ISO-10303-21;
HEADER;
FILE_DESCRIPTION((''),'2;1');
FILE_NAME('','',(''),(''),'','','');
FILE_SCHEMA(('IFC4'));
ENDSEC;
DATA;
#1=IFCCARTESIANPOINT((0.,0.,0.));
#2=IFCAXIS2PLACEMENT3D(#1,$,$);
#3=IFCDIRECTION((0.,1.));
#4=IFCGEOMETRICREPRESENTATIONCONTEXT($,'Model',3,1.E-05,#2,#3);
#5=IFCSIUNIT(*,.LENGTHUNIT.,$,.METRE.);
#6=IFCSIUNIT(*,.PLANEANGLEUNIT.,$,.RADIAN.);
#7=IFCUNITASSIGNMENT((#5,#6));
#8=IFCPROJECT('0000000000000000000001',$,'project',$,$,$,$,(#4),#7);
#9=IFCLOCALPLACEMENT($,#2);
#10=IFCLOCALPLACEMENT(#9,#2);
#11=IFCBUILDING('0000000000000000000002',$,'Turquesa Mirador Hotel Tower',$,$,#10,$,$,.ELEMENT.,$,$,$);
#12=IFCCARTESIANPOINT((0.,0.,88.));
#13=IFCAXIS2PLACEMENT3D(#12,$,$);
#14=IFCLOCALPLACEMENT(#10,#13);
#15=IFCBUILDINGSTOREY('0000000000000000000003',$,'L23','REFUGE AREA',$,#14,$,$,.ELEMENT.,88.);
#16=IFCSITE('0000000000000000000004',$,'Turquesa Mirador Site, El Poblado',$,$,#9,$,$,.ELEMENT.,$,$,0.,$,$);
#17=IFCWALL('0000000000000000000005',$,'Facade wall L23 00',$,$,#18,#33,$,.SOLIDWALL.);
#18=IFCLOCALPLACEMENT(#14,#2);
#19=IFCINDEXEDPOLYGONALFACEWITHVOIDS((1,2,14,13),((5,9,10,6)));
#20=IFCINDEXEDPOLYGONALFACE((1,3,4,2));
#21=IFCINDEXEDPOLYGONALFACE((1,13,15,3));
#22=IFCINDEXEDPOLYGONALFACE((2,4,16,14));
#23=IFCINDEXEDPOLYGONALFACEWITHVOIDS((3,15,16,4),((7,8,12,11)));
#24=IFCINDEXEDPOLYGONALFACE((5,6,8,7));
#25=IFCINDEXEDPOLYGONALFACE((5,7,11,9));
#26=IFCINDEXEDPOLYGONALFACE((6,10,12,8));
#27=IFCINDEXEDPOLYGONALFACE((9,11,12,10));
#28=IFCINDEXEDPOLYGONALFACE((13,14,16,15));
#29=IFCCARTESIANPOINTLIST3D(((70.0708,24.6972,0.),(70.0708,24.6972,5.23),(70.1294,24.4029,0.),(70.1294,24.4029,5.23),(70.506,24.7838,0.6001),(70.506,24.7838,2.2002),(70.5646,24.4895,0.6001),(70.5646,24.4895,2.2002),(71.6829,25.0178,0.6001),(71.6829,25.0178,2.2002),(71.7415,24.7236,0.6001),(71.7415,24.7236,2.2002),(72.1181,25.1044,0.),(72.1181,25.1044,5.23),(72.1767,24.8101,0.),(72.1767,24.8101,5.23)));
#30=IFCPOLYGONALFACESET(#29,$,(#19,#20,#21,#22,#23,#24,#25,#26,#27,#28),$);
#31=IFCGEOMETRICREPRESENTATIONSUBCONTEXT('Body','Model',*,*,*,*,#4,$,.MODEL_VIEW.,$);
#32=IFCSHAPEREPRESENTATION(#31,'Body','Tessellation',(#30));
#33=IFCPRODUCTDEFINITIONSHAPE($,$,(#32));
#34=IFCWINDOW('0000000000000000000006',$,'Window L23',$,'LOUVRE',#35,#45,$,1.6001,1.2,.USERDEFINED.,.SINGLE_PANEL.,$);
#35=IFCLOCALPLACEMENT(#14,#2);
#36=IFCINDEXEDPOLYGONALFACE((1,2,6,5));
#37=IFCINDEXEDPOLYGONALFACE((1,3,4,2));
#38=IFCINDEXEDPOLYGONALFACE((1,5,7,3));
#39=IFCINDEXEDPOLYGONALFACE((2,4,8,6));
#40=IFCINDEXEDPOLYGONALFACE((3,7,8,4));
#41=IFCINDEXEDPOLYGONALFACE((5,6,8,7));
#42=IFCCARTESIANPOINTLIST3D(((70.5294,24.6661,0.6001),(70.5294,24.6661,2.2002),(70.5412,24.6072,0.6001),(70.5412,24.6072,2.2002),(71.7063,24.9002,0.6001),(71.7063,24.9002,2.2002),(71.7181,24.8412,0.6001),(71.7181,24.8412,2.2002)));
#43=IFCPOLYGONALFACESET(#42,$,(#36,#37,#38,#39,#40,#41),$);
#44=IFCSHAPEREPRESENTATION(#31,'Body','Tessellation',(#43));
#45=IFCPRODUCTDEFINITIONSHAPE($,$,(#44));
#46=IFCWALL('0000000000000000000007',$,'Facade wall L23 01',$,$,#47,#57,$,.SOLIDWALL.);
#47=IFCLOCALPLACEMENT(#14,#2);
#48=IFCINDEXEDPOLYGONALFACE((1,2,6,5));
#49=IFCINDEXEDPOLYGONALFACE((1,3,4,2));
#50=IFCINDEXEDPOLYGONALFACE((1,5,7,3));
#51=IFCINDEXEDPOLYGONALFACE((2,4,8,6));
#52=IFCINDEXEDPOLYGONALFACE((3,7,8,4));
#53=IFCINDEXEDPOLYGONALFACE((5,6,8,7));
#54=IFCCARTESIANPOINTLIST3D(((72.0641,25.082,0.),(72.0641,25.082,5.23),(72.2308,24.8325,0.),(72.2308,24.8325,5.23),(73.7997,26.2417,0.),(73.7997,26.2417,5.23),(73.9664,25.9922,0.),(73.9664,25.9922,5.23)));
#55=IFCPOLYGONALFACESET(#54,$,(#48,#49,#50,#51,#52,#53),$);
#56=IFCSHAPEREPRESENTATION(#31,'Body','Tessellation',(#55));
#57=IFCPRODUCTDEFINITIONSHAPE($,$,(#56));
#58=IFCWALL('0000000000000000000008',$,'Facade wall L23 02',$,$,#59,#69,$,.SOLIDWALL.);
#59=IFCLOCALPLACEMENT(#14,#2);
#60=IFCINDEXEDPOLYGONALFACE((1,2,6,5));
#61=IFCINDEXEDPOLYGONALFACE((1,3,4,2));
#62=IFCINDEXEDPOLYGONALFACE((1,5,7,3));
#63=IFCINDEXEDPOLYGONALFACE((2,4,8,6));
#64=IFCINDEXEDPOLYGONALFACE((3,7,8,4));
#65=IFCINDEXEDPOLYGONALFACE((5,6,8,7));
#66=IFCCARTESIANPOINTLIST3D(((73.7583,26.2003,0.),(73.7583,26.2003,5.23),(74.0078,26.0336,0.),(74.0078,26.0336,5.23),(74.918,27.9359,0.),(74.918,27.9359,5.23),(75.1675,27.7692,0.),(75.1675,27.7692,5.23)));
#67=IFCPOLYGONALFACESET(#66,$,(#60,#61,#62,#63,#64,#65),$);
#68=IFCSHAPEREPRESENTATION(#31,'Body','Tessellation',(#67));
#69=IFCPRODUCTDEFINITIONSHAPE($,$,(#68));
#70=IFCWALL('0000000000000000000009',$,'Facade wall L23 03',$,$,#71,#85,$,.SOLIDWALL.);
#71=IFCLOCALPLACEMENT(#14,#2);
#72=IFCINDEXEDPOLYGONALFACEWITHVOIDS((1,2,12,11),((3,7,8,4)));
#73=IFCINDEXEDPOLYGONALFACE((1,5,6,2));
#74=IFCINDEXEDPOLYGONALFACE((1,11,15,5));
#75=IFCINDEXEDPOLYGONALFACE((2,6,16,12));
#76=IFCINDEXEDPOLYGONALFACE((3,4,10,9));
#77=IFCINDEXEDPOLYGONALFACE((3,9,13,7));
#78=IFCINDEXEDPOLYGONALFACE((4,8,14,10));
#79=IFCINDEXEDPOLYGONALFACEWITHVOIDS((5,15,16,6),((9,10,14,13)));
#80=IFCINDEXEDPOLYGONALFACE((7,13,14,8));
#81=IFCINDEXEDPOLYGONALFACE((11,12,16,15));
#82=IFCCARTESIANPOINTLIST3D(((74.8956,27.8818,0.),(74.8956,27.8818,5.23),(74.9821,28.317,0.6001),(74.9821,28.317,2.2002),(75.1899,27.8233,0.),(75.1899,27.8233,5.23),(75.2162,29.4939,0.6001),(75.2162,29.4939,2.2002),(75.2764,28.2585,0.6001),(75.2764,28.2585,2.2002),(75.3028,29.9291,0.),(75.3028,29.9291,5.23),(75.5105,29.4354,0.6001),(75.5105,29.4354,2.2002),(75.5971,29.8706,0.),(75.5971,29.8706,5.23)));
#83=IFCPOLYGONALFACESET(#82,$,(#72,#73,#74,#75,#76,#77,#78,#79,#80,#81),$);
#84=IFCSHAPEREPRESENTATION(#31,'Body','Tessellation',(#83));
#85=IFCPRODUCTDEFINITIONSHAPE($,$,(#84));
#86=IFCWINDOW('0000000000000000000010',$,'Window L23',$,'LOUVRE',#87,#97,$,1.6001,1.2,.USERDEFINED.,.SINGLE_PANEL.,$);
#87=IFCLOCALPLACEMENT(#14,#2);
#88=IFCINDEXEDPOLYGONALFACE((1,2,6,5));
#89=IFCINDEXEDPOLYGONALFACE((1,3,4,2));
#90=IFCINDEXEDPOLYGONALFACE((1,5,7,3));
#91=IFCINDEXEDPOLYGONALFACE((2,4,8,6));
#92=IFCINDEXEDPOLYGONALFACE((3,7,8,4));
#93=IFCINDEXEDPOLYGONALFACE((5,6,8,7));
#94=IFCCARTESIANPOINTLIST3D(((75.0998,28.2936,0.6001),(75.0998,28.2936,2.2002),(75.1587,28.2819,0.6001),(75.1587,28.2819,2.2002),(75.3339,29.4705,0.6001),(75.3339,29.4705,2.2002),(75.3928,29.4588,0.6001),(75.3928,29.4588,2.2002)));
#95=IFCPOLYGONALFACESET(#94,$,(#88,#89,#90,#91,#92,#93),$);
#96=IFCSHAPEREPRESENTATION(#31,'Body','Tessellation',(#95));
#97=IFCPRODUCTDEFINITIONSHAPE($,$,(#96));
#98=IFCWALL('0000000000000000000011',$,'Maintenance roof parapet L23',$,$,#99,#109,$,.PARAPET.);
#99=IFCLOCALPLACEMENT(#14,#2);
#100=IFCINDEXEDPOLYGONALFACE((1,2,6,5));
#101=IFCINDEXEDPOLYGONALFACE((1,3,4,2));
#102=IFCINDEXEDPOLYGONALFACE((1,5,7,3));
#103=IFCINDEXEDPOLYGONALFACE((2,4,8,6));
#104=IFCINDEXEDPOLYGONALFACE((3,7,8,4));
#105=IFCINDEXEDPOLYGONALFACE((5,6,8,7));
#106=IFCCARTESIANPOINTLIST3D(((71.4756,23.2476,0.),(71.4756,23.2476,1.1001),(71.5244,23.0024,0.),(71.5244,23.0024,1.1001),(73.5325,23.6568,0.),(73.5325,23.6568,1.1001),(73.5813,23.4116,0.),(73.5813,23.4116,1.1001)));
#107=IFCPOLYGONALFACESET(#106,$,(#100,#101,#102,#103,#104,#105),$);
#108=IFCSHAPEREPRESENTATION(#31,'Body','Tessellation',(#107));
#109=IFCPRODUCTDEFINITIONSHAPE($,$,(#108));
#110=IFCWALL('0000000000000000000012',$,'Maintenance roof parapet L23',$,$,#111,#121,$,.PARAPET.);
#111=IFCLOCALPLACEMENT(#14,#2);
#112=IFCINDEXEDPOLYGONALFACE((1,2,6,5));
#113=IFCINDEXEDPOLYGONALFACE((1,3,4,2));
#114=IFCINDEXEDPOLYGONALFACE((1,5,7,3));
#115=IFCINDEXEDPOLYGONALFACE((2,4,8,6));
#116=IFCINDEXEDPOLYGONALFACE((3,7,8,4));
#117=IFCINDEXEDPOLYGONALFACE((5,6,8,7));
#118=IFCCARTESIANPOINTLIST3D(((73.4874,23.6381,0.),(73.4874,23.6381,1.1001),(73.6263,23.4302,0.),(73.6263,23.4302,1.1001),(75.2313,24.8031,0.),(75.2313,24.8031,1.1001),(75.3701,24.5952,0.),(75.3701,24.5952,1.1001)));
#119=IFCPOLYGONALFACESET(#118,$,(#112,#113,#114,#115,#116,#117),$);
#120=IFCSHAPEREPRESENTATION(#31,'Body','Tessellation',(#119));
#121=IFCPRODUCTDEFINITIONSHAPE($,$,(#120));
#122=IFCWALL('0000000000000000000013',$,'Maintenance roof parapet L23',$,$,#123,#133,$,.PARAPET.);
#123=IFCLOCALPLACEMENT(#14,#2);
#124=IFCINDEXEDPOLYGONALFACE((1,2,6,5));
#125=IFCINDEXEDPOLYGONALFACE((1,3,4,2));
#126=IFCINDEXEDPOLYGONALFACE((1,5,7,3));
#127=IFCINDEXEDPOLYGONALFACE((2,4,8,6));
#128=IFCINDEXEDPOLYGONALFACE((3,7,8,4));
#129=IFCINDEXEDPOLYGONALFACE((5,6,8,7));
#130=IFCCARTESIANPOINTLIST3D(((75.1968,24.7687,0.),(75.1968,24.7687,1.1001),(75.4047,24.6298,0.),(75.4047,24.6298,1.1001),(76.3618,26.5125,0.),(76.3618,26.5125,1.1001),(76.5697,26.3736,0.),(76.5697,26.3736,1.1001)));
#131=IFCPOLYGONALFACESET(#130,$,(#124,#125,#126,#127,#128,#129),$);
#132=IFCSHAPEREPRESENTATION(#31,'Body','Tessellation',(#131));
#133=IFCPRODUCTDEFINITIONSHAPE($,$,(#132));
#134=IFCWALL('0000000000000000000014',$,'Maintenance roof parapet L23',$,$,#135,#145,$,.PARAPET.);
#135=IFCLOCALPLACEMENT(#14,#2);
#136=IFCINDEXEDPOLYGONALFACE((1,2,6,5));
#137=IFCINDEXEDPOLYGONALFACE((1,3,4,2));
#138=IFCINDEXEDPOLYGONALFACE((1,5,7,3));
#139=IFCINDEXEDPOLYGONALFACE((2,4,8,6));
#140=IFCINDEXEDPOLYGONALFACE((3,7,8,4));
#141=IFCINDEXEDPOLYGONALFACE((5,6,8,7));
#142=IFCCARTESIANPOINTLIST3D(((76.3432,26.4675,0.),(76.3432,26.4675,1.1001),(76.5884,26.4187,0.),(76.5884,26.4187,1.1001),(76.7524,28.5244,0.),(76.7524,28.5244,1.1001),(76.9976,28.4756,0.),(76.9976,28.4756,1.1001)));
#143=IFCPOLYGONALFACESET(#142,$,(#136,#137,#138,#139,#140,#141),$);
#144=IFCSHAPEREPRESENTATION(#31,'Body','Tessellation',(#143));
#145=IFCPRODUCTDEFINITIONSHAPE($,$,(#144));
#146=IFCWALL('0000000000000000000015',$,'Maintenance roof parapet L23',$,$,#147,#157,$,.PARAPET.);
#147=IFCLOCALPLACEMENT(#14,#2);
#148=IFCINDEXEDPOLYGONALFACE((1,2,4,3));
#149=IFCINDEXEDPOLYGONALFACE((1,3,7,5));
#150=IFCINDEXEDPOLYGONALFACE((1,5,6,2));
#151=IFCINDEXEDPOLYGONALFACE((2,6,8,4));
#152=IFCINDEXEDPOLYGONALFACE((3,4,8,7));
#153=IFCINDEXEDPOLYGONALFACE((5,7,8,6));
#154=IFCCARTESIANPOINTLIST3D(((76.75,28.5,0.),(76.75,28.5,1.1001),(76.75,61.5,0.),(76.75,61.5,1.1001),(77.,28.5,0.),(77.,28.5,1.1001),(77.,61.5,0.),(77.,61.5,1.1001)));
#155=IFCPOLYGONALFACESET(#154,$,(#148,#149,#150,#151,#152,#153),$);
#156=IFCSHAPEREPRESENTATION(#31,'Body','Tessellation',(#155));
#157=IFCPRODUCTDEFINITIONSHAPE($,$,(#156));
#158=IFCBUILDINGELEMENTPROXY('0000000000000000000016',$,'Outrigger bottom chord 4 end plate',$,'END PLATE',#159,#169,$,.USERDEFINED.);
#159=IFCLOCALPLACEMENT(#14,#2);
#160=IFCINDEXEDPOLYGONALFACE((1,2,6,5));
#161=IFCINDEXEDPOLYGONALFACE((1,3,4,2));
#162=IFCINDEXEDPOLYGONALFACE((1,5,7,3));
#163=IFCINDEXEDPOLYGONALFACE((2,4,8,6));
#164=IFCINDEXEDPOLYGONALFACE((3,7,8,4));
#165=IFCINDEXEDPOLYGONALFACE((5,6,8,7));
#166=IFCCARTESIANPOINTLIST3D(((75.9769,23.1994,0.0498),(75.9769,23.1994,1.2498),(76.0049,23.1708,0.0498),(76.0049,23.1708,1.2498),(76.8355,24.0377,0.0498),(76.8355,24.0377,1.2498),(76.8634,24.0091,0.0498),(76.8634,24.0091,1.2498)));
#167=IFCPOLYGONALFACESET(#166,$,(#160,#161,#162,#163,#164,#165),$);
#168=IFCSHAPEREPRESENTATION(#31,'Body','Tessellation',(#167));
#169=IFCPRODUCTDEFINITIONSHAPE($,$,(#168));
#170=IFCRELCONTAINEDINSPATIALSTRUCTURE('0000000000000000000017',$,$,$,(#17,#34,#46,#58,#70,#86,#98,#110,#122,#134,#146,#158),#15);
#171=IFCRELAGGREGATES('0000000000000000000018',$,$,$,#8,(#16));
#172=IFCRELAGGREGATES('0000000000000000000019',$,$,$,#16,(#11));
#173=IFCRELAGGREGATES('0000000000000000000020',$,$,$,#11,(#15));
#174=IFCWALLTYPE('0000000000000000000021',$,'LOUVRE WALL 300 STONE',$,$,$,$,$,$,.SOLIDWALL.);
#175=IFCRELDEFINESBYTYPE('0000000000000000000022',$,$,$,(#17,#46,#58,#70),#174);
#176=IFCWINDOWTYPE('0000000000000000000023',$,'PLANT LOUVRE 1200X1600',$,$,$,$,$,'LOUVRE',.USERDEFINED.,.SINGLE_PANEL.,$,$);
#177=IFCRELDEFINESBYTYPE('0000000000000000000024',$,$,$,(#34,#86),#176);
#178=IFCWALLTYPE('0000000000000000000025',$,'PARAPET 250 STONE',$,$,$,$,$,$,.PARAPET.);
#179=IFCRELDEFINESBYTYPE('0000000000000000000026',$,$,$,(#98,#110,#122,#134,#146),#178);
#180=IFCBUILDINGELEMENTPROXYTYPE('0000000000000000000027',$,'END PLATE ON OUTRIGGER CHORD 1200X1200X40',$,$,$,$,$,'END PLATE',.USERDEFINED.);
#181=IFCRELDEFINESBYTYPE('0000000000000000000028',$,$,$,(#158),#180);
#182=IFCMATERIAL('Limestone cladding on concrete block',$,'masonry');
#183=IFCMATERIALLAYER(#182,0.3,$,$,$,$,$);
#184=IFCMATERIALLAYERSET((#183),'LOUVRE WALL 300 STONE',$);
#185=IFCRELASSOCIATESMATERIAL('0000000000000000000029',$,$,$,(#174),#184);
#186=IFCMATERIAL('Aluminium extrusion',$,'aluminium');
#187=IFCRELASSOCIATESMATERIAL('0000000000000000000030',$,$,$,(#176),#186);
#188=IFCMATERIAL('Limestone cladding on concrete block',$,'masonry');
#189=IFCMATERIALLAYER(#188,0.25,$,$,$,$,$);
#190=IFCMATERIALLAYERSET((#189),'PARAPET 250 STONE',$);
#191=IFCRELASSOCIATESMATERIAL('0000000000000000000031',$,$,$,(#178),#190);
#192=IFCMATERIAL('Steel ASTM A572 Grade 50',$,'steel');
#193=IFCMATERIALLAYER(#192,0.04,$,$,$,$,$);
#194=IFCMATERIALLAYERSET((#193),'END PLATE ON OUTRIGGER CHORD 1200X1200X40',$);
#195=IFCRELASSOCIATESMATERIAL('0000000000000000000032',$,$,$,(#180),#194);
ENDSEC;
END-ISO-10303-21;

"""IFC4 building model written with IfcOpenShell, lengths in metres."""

from ifc_helpers import new_model, si_unit, direction, frame, frame_2d, origin, origin_2d, place, context, subcontext, project, spatial, rectangle, extrude, material, layer, layer_set, type_object, element, fill, save


model = new_model("IFC4")

# Units and contexts
model_context = context("Model", 3, precision=1e-05, world=origin(), true_north=direction((0.0, 1.0)))
body_context = subcontext(model_context, "Body", "Model", "MODEL_VIEW")
ifc_project = project(units=[si_unit("LENGTHUNIT", "METRE"), si_unit("PLANEANGLEUNIT", "RADIAN")], contexts=[model_context])

# Site, building, storey
site_placement = place(None, origin())
site = spatial("IfcSite", under=ifc_project, at=site_placement, Name="Turquesa Mirador Site, El Poblado", CompositionType="ELEMENT", RefElevation=0.0)
building_placement = place(site_placement, origin())
building = spatial("IfcBuilding", under=site, at=building_placement, Name="Turquesa Mirador Hotel Tower", CompositionType="ELEMENT")
storey_placement = place(building_placement, frame((0.0, 0.0, 88.0)))
storey = spatial("IfcBuildingStorey", under=building, at=storey_placement, Name="L23", Description="REFUGE AREA", CompositionType="ELEMENT", Elevation=88.0)

# Wall, opening, window
ifc_material_1 = material(Name="Limestone cladding on concrete block", Category="masonry")
ifc_layer_1 = layer(ifc_material_1, 0.3)
ifc_layer_set_1 = layer_set([ifc_layer_1], Name="LOUVRE WALL 300 STONE")
wall_type_1 = type_object("IfcWallType", Name="LOUVRE WALL 300 STONE", PredefinedType="SOLIDWALL", material=ifc_layer_set_1)
wall_1_placement = place(storey_placement, frame((70.1001, 24.55, 0.0), z_axis=(0.0, 0.0, 1.0), x_axis=(0.980787, 0.195081, 0.0)))
wall_1 = element("IfcWall", 1, at=wall_1_placement, inside=storey, type_object=wall_type_1, Name="Facade wall L23 00", PredefinedType="SOLIDWALL", context=body_context, shape_type="SweptSolid", body=[
    extrude(rectangle(XDim=2.0874, YDim=0.3, at=frame_2d((1.0437, 0.0))), origin(), (0.0, 0.0, 1.0), 5.23),
])
opening_1_placement = place(wall_1_placement, frame((0.4436, 0.0, 0.6001)))
opening_1 = element("IfcOpeningElement", 2, at=opening_1_placement, cuts=wall_1, PredefinedType="OPENING", context=body_context, shape_type="SweptSolid", body=[
    extrude(rectangle(XDim=1.2, YDim=1.6001, at=frame_2d((0.6001, 0.8))), frame((0.0, 0.1599, 0.0), z_axis=(0.0, -1.0, 0.0), x_axis=(1.0, 0.0, 0.0)), (0.0, 0.0, 1.0), 0.3201),
])
ifc_material_2 = material(Name="Aluminium extrusion", Category="aluminium")
window_type = type_object("IfcWindowType", Name="PLANT LOUVRE 1200X1600", ElementType="LOUVRE", PartitioningType="SINGLE_PANEL", PredefinedType="USERDEFINED", material=ifc_material_2)
window_1_placement = place(opening_1_placement, origin())
window_1 = element("IfcWindow", 3, at=window_1_placement, inside=storey, type_object=window_type, Name="Window L23", ObjectType="LOUVRE", OverallHeight=1.6001, OverallWidth=1.2, PartitioningType="SINGLE_PANEL", PredefinedType="USERDEFINED", context=body_context, shape_type="SweptSolid", body=[
    extrude(rectangle(XDim=1.2, YDim=1.6001, at=frame_2d((0.6001, 0.8))), frame((0.0, 0.03, 0.0), z_axis=(0.0, -1.0, 0.0), x_axis=(1.0, 0.0, 0.0)), (0.0, 0.0, 1.0), 0.0601),
])
fill(opening_1, window_1)

# Walls
for number, where, z_axis, x_axis, name in (
    (4, (72.1475, 24.9573, 0.0), (0.0, 0.0, 1.0), (0.831474, 0.555564, 0.0), "Facade wall L23 01"),
    (5, (73.8831, 26.1169, 0.0), (0.0, 0.0, 1.0), (0.555564, 0.831474, 0.0), "Facade wall L23 02"),
):
    element("IfcWall", number, at=place(storey_placement, frame(where, z_axis=z_axis, x_axis=x_axis)), inside=storey, type_object=wall_type_1, Name=name, PredefinedType="SOLIDWALL", context=body_context, shape_type="SweptSolid", body=[
        extrude(rectangle(XDim=2.0874, YDim=0.3, at=frame_2d((1.0437, 0.0))), origin(), (0.0, 0.0, 1.0), 5.23),
    ])

# Wall, opening, window
wall_2_placement = place(storey_placement, frame((75.0427, 27.8525, 0.0), z_axis=(0.0, 0.0, 1.0), x_axis=(0.195081, 0.980787, 0.0)))
wall_2 = element("IfcWall", 6, at=wall_2_placement, inside=storey, type_object=wall_type_1, Name="Facade wall L23 03", PredefinedType="SOLIDWALL", context=body_context, shape_type="SweptSolid", body=[
    extrude(rectangle(XDim=2.0874, YDim=0.3, at=frame_2d((1.0437, 0.0))), origin(), (0.0, 0.0, 1.0), 5.23),
])
opening_2_placement = place(wall_2_placement, frame((0.4436, 0.0, 0.6001)))
opening_2 = element("IfcOpeningElement", 7, at=opening_2_placement, cuts=wall_2, PredefinedType="OPENING", context=body_context, shape_type="SweptSolid", body=[
    extrude(rectangle(XDim=1.2, YDim=1.6001, at=frame_2d((0.6001, 0.8))), frame((0.0, 0.1599, 0.0), z_axis=(0.0, -1.0, 0.0), x_axis=(1.0, 0.0, 0.0)), (0.0, 0.0, 1.0), 0.3201),
])
window_2_placement = place(opening_2_placement, origin())
window_2 = element("IfcWindow", 8, at=window_2_placement, inside=storey, type_object=window_type, Name="Window L23", ObjectType="LOUVRE", OverallHeight=1.6001, OverallWidth=1.2, PartitioningType="SINGLE_PANEL", PredefinedType="USERDEFINED", context=body_context, shape_type="SweptSolid", body=[
    extrude(rectangle(XDim=1.2, YDim=1.6001, at=frame_2d((0.6001, 0.8))), frame((0.0, 0.03, 0.0), z_axis=(0.0, -1.0, 0.0), x_axis=(1.0, 0.0, 0.0)), (0.0, 0.0, 1.0), 0.0601),
])
fill(opening_2, window_2)

# Walls
ifc_material_3 = material(Name="Limestone cladding on concrete block", Category="masonry")
ifc_layer_2 = layer(ifc_material_3, 0.25)
ifc_layer_set_2 = layer_set([ifc_layer_2], Name="PARAPET 250 STONE")
wall_type_2 = type_object("IfcWallType", Name="PARAPET 250 STONE", PredefinedType="PARAPET", material=ifc_layer_set_2)
for number, where, z_axis, x_axis, name in (
    (9, (71.5, 23.125, 0.0), (0.0, 0.0, 1.0), (0.980782, 0.195109, 0.0), "Maintenance roof parapet L23"),
    (10, (73.5569, 23.5342, 0.0), (0.0, 0.0, 1.0), (0.831513, 0.555506, 0.0), "Maintenance roof parapet L23"),
    (11, (75.3008, 24.6992, 0.0), (0.0, 0.0, 1.0), (0.555506, 0.831513, 0.0), "Maintenance roof parapet L23"),
    (12, (76.4658, 26.4431, 0.0), (0.0, 0.0, 1.0), (0.195109, 0.980782, 0.0), "Maintenance roof parapet L23"),
):
    element("IfcWall", number, at=place(storey_placement, frame(where, z_axis=z_axis, x_axis=x_axis)), inside=storey, type_object=wall_type_2, Name=name, PredefinedType="PARAPET", context=body_context, shape_type="SweptSolid", body=[
        extrude(rectangle(XDim=2.0972, YDim=0.25, at=frame_2d((1.0486, 0.0))), origin(), (0.0, 0.0, 1.0), 1.1001),
    ])
wall_3_placement = place(storey_placement, frame((76.875, 28.5, 0.0), z_axis=(0.0, 0.0, 1.0), x_axis=(0.0, 1.0, 0.0)))
element("IfcWall", 13, at=wall_3_placement, inside=storey, type_object=wall_type_2, Name="Maintenance roof parapet L23", PredefinedType="PARAPET", context=body_context, shape_type="SweptSolid", body=[
    extrude(rectangle(XDim=33.0, YDim=0.25, at=frame_2d((16.5, 0.0))), origin(), (0.0, 0.0, 1.0), 1.1001),
])

# Building element proxy
ifc_material_4 = material(Name="Steel ASTM A572 Grade 50", Category="steel")
ifc_layer_3 = layer(ifc_material_4, 0.04)
ifc_layer_set_3 = layer_set([ifc_layer_3], Name="END PLATE ON OUTRIGGER CHORD 1200X1200X40")
building_element_proxy_type = type_object("IfcBuildingElementProxyType", Name="END PLATE ON OUTRIGGER CHORD 1200X1200X40", ElementType="END PLATE", PredefinedType="USERDEFINED", material=ifc_layer_set_3)
proxy_placement = place(storey_placement, frame((76.4202, 23.6042, 0.0498), z_axis=(0.0, 0.0, 1.0), x_axis=(0.698627, -0.715486, 0.0)))
element("IfcBuildingElementProxy", 14, at=proxy_placement, inside=storey, type_object=building_element_proxy_type, Name="Outrigger bottom chord 4 end plate", ObjectType="END PLATE", PredefinedType="USERDEFINED", context=body_context, shape_type="SweptSolid", body=[
    extrude(rectangle(XDim=0.04, YDim=1.2, at=origin_2d()), origin(), (0.0, 0.0, 1.0), 1.2),
])

save(model, "model.ifc")
